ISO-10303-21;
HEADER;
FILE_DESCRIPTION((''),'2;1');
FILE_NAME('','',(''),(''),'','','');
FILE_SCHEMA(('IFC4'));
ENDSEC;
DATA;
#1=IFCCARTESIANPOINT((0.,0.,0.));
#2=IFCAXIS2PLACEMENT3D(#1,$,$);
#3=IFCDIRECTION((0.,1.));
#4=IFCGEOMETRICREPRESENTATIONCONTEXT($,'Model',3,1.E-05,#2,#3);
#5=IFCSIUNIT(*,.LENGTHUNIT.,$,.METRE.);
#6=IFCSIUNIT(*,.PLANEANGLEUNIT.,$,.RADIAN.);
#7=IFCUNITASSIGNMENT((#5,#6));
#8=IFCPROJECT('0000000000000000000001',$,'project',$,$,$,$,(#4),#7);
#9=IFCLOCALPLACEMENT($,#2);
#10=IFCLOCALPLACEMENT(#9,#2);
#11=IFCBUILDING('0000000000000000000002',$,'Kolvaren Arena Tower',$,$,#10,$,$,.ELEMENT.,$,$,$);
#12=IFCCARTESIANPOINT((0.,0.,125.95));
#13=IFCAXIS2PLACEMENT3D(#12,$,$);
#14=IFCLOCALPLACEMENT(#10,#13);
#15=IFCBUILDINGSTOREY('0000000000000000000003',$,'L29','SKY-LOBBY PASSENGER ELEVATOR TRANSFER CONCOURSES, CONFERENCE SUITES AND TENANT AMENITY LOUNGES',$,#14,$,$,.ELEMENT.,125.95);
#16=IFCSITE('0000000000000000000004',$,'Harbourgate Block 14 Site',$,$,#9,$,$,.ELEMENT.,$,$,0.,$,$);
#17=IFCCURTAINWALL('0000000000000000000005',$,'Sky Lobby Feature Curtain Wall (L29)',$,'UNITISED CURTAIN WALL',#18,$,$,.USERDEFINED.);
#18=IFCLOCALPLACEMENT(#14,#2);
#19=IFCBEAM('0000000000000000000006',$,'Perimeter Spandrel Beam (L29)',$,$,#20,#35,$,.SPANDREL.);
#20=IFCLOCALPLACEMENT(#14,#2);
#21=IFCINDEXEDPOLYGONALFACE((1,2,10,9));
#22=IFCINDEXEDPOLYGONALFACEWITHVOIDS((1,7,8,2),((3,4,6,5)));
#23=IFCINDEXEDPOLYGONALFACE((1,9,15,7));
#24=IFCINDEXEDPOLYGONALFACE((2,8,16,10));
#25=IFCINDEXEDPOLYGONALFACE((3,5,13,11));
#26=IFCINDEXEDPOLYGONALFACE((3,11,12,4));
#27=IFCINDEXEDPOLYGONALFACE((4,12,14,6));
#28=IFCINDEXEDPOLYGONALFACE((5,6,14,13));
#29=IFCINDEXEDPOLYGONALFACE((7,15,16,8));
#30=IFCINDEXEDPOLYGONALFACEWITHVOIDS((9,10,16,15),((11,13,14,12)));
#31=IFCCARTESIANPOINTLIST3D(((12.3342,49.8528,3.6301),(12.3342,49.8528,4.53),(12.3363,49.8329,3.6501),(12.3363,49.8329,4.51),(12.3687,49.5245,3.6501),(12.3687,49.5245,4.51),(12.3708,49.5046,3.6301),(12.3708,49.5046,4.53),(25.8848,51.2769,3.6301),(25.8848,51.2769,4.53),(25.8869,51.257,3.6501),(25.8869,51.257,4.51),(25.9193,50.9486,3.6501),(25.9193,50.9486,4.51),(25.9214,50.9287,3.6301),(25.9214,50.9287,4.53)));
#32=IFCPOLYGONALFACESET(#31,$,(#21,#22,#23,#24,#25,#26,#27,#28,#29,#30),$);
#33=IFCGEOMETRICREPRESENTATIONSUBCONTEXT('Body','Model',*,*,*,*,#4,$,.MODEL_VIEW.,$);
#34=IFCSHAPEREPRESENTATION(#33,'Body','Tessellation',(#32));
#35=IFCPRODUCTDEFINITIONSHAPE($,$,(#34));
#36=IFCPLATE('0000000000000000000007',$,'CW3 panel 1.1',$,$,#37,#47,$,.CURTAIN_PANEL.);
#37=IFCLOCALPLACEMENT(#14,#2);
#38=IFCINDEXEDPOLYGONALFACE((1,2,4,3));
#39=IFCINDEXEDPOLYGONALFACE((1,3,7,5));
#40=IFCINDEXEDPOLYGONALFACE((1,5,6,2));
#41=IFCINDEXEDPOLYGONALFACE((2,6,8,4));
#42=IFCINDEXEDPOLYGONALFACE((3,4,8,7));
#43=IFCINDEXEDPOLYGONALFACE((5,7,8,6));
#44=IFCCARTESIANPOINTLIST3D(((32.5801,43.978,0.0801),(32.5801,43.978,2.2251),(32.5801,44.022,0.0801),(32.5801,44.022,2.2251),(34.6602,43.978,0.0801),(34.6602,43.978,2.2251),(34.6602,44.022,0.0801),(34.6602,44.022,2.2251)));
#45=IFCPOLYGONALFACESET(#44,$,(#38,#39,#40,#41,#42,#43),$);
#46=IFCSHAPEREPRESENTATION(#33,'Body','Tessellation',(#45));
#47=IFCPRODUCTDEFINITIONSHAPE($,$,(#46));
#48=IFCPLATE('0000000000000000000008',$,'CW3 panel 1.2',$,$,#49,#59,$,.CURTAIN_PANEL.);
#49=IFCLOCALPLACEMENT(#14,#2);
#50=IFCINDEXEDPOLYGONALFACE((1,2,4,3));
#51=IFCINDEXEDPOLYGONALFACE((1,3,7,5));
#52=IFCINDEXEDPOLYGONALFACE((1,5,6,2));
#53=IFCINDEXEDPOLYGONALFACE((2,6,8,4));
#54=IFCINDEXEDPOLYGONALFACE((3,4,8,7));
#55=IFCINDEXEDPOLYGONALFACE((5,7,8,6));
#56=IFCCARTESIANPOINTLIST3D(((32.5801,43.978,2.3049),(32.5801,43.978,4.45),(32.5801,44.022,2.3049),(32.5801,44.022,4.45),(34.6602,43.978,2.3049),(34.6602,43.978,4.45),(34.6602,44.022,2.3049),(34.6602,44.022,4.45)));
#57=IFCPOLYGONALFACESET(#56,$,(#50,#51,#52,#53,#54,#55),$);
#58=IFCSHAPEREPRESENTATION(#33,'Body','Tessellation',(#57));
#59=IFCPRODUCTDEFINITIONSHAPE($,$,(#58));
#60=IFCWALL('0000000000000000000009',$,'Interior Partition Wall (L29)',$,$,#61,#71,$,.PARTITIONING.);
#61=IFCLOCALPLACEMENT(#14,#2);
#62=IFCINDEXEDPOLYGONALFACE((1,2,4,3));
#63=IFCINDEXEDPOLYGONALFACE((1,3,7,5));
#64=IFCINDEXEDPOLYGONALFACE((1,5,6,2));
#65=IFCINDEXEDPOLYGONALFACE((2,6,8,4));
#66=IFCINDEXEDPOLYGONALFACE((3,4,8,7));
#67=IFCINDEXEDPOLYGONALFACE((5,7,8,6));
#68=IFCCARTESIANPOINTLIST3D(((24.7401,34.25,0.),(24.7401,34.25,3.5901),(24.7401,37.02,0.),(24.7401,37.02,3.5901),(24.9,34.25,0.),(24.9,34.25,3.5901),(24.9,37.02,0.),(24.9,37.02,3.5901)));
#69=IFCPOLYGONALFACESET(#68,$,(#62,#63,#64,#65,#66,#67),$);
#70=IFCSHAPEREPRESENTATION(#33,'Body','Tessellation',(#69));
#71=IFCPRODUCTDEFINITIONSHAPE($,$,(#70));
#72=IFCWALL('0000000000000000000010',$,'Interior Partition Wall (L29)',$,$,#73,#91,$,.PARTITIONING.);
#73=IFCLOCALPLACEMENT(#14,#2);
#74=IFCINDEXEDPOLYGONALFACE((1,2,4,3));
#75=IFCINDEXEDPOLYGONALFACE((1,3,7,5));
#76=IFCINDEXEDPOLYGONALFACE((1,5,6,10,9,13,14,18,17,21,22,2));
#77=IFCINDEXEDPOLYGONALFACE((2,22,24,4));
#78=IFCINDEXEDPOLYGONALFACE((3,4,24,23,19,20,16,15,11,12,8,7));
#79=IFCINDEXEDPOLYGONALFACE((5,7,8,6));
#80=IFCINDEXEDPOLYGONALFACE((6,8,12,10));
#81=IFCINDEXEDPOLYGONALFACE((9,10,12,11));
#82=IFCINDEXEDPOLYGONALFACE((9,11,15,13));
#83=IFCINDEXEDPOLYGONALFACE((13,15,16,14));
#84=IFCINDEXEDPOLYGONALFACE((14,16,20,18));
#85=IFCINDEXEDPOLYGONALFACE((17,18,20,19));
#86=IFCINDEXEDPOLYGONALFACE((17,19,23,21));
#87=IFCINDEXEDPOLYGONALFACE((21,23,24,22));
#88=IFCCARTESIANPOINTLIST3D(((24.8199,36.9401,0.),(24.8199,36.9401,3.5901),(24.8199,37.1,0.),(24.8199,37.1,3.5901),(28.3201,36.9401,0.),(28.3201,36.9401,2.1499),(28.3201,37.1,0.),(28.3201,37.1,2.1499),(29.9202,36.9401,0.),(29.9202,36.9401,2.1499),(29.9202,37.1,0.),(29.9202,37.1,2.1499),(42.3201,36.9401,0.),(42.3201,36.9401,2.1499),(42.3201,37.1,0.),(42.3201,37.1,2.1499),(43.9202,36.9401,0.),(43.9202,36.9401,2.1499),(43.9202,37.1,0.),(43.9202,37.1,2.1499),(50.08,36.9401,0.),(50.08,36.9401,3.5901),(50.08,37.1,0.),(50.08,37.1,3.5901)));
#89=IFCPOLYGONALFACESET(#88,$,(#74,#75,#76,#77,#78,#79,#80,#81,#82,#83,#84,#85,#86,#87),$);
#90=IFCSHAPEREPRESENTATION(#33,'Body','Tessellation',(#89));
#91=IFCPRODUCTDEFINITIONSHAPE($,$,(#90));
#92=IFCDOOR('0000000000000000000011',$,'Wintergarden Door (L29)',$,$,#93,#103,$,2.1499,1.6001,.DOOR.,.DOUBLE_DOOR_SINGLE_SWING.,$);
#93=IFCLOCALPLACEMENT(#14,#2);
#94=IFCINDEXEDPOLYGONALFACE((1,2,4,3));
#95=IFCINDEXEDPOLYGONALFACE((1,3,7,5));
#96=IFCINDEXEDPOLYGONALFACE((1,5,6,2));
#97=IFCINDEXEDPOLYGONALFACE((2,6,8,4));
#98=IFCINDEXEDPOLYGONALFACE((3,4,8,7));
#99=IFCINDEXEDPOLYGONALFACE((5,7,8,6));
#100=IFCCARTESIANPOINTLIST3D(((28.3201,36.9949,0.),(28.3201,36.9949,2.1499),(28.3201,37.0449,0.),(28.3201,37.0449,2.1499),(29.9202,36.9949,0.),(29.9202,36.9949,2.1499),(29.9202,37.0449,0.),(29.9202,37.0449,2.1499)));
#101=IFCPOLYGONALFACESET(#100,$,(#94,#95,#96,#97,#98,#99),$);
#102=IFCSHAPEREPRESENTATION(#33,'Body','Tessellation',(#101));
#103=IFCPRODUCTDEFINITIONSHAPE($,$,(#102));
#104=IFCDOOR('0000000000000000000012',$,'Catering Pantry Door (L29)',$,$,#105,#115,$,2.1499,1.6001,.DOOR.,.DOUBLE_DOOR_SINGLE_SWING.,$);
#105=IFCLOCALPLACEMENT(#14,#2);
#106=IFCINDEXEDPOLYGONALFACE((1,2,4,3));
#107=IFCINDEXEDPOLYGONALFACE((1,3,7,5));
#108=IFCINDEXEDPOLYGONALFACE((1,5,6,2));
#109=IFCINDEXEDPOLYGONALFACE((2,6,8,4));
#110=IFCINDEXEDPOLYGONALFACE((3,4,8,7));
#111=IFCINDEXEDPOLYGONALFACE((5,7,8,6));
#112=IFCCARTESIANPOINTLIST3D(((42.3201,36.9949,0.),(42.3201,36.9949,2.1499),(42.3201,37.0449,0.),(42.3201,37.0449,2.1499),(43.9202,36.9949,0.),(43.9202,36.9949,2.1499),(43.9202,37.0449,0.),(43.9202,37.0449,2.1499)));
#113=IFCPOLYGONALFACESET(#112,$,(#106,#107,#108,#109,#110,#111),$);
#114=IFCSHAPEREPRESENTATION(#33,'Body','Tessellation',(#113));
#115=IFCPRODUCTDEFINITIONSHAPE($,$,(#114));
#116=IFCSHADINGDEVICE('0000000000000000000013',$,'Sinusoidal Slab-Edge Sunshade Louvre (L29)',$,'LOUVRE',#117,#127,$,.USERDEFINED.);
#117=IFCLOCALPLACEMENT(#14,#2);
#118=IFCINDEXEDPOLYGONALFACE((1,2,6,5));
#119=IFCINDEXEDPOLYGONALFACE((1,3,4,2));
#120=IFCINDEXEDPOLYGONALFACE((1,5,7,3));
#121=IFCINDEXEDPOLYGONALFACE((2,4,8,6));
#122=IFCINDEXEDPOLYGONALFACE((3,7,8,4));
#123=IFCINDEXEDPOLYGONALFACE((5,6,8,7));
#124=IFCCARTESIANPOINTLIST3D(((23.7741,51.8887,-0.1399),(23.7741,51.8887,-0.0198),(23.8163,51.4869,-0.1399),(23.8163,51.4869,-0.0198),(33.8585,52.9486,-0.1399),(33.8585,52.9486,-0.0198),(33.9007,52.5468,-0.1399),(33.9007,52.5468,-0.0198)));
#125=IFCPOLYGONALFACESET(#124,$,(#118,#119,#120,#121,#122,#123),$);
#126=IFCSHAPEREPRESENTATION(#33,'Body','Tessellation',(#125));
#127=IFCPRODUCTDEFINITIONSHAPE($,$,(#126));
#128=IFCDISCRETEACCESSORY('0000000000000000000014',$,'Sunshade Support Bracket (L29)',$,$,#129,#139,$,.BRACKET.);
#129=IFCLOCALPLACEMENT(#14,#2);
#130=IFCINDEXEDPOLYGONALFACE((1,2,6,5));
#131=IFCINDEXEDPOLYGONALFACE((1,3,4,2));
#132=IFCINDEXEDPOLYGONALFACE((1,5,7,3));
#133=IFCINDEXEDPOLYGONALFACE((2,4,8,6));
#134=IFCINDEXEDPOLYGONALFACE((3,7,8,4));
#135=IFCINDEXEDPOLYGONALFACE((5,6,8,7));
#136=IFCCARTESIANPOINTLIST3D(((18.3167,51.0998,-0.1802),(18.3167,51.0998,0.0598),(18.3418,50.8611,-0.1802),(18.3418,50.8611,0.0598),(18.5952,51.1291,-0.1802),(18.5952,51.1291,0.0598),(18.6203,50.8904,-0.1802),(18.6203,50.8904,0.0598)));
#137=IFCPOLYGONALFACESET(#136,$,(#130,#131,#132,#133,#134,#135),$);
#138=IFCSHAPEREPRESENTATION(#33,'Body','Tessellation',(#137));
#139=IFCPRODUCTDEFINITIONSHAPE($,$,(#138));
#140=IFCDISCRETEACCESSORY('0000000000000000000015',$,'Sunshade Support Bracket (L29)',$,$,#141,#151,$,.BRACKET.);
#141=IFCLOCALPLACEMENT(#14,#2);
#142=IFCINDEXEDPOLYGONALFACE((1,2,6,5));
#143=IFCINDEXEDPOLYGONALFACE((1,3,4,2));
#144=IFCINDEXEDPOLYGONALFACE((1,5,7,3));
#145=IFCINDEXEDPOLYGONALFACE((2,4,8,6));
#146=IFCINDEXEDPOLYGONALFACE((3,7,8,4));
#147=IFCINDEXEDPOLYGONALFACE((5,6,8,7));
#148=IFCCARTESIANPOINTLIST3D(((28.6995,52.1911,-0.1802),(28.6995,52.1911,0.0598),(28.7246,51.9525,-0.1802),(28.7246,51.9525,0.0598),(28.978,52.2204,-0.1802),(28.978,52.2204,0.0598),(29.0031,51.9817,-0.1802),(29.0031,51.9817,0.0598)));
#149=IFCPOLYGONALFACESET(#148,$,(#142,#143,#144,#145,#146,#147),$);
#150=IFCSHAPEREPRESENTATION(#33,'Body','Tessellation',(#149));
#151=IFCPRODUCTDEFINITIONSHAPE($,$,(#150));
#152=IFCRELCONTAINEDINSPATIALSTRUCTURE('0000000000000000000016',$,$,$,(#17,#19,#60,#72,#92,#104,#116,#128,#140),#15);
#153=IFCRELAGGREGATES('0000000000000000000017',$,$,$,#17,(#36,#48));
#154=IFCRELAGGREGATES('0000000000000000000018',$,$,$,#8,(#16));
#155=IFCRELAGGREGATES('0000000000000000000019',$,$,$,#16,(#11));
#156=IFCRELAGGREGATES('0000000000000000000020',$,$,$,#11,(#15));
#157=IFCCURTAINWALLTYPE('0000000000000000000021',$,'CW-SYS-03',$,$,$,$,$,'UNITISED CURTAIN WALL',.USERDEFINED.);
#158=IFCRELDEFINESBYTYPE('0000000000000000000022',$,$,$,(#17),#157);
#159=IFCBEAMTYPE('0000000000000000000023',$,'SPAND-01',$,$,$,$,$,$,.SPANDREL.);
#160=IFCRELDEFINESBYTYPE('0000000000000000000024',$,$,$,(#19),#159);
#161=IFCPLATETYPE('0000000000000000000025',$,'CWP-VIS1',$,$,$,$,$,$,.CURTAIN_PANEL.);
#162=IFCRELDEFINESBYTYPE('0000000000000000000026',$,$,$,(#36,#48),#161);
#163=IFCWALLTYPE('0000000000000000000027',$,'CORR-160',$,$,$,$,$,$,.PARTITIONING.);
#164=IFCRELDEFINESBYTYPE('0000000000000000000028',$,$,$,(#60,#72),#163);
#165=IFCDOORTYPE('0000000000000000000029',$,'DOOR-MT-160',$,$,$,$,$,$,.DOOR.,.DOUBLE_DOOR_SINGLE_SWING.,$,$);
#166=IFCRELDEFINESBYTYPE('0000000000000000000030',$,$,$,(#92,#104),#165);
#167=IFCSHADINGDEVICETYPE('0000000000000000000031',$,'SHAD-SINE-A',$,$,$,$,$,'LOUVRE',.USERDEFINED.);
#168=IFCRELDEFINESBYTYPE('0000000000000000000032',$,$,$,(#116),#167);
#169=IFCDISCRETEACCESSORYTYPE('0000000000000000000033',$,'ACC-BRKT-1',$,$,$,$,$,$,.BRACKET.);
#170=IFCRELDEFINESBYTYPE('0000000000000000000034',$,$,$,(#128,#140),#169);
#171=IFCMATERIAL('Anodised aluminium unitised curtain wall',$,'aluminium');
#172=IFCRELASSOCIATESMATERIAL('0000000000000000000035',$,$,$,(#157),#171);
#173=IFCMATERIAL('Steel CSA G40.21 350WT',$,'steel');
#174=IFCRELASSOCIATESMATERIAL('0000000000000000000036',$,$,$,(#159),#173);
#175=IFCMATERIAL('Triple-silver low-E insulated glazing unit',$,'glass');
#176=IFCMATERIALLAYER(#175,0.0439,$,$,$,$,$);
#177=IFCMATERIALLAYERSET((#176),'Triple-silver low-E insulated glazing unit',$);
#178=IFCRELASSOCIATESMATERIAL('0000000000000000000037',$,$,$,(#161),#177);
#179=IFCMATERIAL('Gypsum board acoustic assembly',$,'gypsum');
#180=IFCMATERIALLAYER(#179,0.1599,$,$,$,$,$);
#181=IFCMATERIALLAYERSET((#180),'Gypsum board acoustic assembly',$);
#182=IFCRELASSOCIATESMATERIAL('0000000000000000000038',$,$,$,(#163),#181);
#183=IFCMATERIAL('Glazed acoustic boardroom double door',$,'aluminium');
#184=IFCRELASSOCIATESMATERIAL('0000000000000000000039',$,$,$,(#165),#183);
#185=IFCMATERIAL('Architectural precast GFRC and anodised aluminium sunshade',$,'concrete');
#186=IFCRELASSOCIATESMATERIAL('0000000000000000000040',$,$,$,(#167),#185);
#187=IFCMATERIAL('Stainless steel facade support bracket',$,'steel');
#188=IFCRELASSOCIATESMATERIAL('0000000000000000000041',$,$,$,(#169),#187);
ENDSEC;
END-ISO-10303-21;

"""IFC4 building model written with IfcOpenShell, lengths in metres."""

from ifc_helpers import new_model, si_unit, direction, frame, frame_2d, origin, origin_2d, place, context, subcontext, project, spatial, rectangle, hollow_rectangle, extrude, material, layer, layer_set, material_profile, profile_set, type_object, element, fill, aggregate, save


model = new_model("IFC4")

# Units and contexts
model_context = context("Model", 3, precision=1e-05, world=origin(), true_north=direction((0.0, 1.0)))
body_context = subcontext(model_context, "Body", "Model", "MODEL_VIEW")
ifc_project = project(units=[si_unit("LENGTHUNIT", "METRE"), si_unit("PLANEANGLEUNIT", "RADIAN")], contexts=[model_context])

# Site, building, storey
site_placement = place(None, origin())
site = spatial("IfcSite", under=ifc_project, at=site_placement, Name="Harbourgate Block 14 Site", CompositionType="ELEMENT", RefElevation=0.0)
building_placement = place(site_placement, origin())
building = spatial("IfcBuilding", under=site, at=building_placement, Name="Kolvaren Arena Tower", CompositionType="ELEMENT")
storey_placement = place(building_placement, frame((0.0, 0.0, 125.95)))
storey = spatial("IfcBuildingStorey", under=building, at=storey_placement, Name="L29", Description="SKY-LOBBY PASSENGER ELEVATOR TRANSFER CONCOURSES, CONFERENCE SUITES AND TENANT AMENITY LOUNGES", CompositionType="ELEMENT", Elevation=125.95)

# Curtain wall
ifc_material_1 = material(Name="Anodised aluminium unitised curtain wall", Category="aluminium")
curtain_wall_type = type_object("IfcCurtainWallType", Name="CW-SYS-03", ElementType="UNITISED CURTAIN WALL", PredefinedType="USERDEFINED", material=ifc_material_1)
curtain_wall_placement = place(storey_placement, origin())
curtain_wall = element("IfcCurtainWall", 1, at=curtain_wall_placement, inside=storey, type_object=curtain_wall_type, Name="Sky Lobby Feature Curtain Wall (L29)", ObjectType="UNITISED CURTAIN WALL", PredefinedType="USERDEFINED")

# Beam
ifc_material_2 = material(Name="Steel CSA G40.21 350WT", Category="steel")
ifc_material_profile_1 = material_profile(ifc_material_2, hollow_rectangle(XDim=0.3501, YDim=0.8999, WallThickness=0.02, at=origin_2d()), Name="HSS 900x350x20")
ifc_profile_set_1 = profile_set([ifc_material_profile_1], Name="Steel CSA G40.21 350WT")
beam_type_1 = type_object("IfcBeamType", Name="SPAND-01", PredefinedType="SPANDREL", material=ifc_profile_set_1)
beam_1_placement = place(storey_placement, frame((25.9031, 51.1028, 4.0801), z_axis=(-0.994523, -0.104518, 0.0), x_axis=(0.104518, -0.994523, 0.0)))
element("IfcBeam", 2, at=beam_1_placement, inside=storey, type_object=beam_type_1, Name="Perimeter Spandrel Beam (L29)", PredefinedType="SPANDREL", context=body_context, shape_type="SweptSolid", body=[
    extrude(hollow_rectangle(XDim=0.3501, YDim=0.8999, WallThickness=0.02, at=origin_2d()), origin(), (0.0, 0.0, 1.0), 13.6252),
])

# Plates
ifc_material_3 = material(Name="Triple-silver low-E insulated glazing unit", Category="glass")
ifc_layer_1 = layer(ifc_material_3, 0.0439)
ifc_layer_set_1 = layer_set([ifc_layer_1], Name="Triple-silver low-E insulated glazing unit")
plate_type = type_object("IfcPlateType", Name="CWP-VIS1", PredefinedType="CURTAIN_PANEL", material=ifc_layer_set_1)
plate_1_placement = place(storey_placement, frame((33.6201, 44.0, 0.0801), z_axis=(0.0, 0.0, 1.0), x_axis=(1.0, 0.0, 0.0)))
plate_1 = element("IfcPlate", 3, at=plate_1_placement, type_object=plate_type, Name="CW3 panel 1.1", PredefinedType="CURTAIN_PANEL", context=body_context, shape_type="SweptSolid", body=[
    extrude(rectangle(XDim=2.0801, YDim=0.0439, at=origin_2d()), origin(), (0.0, 0.0, 1.0), 2.145),
])
plate_2_placement = place(storey_placement, frame((33.6201, 44.0, 2.3049), z_axis=(0.0, 0.0, 1.0), x_axis=(1.0, 0.0, 0.0)))
plate_2 = element("IfcPlate", 4, at=plate_2_placement, type_object=plate_type, Name="CW3 panel 1.2", PredefinedType="CURTAIN_PANEL", context=body_context, shape_type="SweptSolid", body=[
    extrude(rectangle(XDim=2.0801, YDim=0.0439, at=origin_2d()), origin(), (0.0, 0.0, 1.0), 2.145),
])
aggregate(curtain_wall, [plate_1, plate_2])

# Wall
ifc_material_4 = material(Name="Gypsum board acoustic assembly", Category="gypsum")
ifc_layer_2 = layer(ifc_material_4, 0.1599)
ifc_layer_set_2 = layer_set([ifc_layer_2], Name="Gypsum board acoustic assembly")
wall_type = type_object("IfcWallType", Name="CORR-160", PredefinedType="PARTITIONING", material=ifc_layer_set_2)
wall_1_placement = place(storey_placement, frame((24.8201, 34.25, 0.0), z_axis=(0.0, 0.0, 1.0), x_axis=(0.0, 1.0, 0.0)))
element("IfcWall", 5, at=wall_1_placement, inside=storey, type_object=wall_type, Name="Interior Partition Wall (L29)", PredefinedType="PARTITIONING", context=body_context, shape_type="SweptSolid", body=[
    extrude(rectangle(XDim=2.77, YDim=0.1599, at=frame_2d((1.385, 0.0))), origin(), (0.0, 0.0, 1.0), 3.5901),
])

# Wall, openings, doors
wall_2_placement = place(storey_placement, frame((24.8201, 37.02, 0.0), z_axis=(0.0, 0.0, 1.0), x_axis=(1.0, 0.0, 0.0)))
wall_2 = element("IfcWall", 6, at=wall_2_placement, inside=storey, type_object=wall_type, Name="Interior Partition Wall (L29)", PredefinedType="PARTITIONING", context=body_context, shape_type="SweptSolid", body=[
    extrude(rectangle(XDim=25.26, YDim=0.1599, at=frame_2d((12.6299, 0.0))), origin(), (0.0, 0.0, 1.0), 3.5901),
])
opening_1_placement = place(wall_2_placement, frame((3.5, 0.0, 0.0)))
opening_1 = element("IfcOpeningElement", 7, at=opening_1_placement, cuts=wall_2, PredefinedType="OPENING", context=body_context, shape_type="SweptSolid", body=[
    extrude(rectangle(XDim=1.6001, YDim=2.1499, at=frame_2d((0.8, 1.075))), frame((0.0, 0.0898, 0.0), z_axis=(0.0, -1.0, 0.0), x_axis=(1.0, 0.0, 0.0)), (0.0, 0.0, 1.0), 0.1799),
])
opening_2_placement = place(wall_2_placement, frame((17.5, 0.0, 0.0)))
opening_2 = element("IfcOpeningElement", 8, at=opening_2_placement, cuts=wall_2, PredefinedType="OPENING", context=body_context, shape_type="SweptSolid", body=[
    extrude(rectangle(XDim=1.6001, YDim=2.1499, at=frame_2d((0.8, 1.075))), frame((0.0, 0.0898, 0.0), z_axis=(0.0, -1.0, 0.0), x_axis=(1.0, 0.0, 0.0)), (0.0, 0.0, 1.0), 0.1799),
])
ifc_material_5 = material(Name="Glazed acoustic boardroom double door", Category="aluminium")
door_type = type_object("IfcDoorType", Name="DOOR-MT-160", OperationType="DOUBLE_DOOR_SINGLE_SWING", PredefinedType="DOOR", material=ifc_material_5)
door_1_placement = place(opening_1_placement, origin())
door_1 = element("IfcDoor", 9, at=door_1_placement, inside=storey, type_object=door_type, Name="Wintergarden Door (L29)", OperationType="DOUBLE_DOOR_SINGLE_SWING", OverallHeight=2.1499, OverallWidth=1.6001, PredefinedType="DOOR", context=body_context, shape_type="SweptSolid", body=[
    extrude(rectangle(XDim=1.6001, YDim=2.1499, at=frame_2d((0.8, 1.075))), frame((0.0, 0.0249, 0.0), z_axis=(0.0, -1.0, 0.0), x_axis=(1.0, 0.0, 0.0)), (0.0, 0.0, 1.0), 0.05),
])
fill(opening_1, door_1)
door_2_placement = place(opening_2_placement, origin())
door_2 = element("IfcDoor", 10, at=door_2_placement, inside=storey, type_object=door_type, Name="Catering Pantry Door (L29)", OperationType="DOUBLE_DOOR_SINGLE_SWING", OverallHeight=2.1499, OverallWidth=1.6001, PredefinedType="DOOR", context=body_context, shape_type="SweptSolid", body=[
    extrude(rectangle(XDim=1.6001, YDim=2.1499, at=frame_2d((0.8, 1.075))), frame((0.0, 0.0249, 0.0), z_axis=(0.0, -1.0, 0.0), x_axis=(1.0, 0.0, 0.0)), (0.0, 0.0, 1.0), 0.05),
])
fill(opening_2, door_2)

# Shading device
ifc_material_6 = material(Name="Architectural precast GFRC and anodised aluminium sunshade", Category="concrete")
shading_device_type = type_object("IfcShadingDeviceType", Name="SHAD-SINE-A", ElementType="LOUVRE", PredefinedType="USERDEFINED", material=ifc_material_6)
shading_device_placement = place(storey_placement, frame((28.8374, 52.2178, -0.1399), z_axis=(0.0, 0.0, 1.0), x_axis=(0.994522, 0.104527, 0.0)))
element("IfcShadingDevice", 11, at=shading_device_placement, inside=storey, type_object=shading_device_type, Name="Sinusoidal Slab-Edge Sunshade Louvre (L29)", ObjectType="LOUVRE", PredefinedType="USERDEFINED", context=body_context, shape_type="SweptSolid", body=[
    extrude(rectangle(XDim=10.1399, YDim=0.4041, at=origin_2d()), origin(), (0.0, 0.0, 1.0), 0.1201),
])

# Discrete accessories
ifc_material_7 = material(Name="Stainless steel facade support bracket", Category="steel")
discrete_accessory_type = type_object("IfcDiscreteAccessoryType", Name="ACC-BRKT-1", PredefinedType="BRACKET", material=ifc_material_7)
for number, where, z_axis, x_axis, name in (
    (12, (18.4685, 50.9951, -0.1802), (0.0, 0.0, 1.0), (0.994522, 0.104527, 0.0), "Sunshade Support Bracket (L29)"),
    (13, (28.8513, 52.0864, -0.1802), (0.0, 0.0, 1.0), (0.994522, 0.104527, 0.0), "Sunshade Support Bracket (L29)"),
):
    element("IfcDiscreteAccessory", number, at=place(storey_placement, frame(where, z_axis=z_axis, x_axis=x_axis)), inside=storey, type_object=discrete_accessory_type, Name=name, PredefinedType="BRACKET", context=body_context, shape_type="SweptSolid", body=[
        extrude(rectangle(XDim=0.28, YDim=0.24, at=origin_2d()), origin(), (0.0, 0.0, 1.0), 0.24),
    ])

save(model, "model.ifc")
